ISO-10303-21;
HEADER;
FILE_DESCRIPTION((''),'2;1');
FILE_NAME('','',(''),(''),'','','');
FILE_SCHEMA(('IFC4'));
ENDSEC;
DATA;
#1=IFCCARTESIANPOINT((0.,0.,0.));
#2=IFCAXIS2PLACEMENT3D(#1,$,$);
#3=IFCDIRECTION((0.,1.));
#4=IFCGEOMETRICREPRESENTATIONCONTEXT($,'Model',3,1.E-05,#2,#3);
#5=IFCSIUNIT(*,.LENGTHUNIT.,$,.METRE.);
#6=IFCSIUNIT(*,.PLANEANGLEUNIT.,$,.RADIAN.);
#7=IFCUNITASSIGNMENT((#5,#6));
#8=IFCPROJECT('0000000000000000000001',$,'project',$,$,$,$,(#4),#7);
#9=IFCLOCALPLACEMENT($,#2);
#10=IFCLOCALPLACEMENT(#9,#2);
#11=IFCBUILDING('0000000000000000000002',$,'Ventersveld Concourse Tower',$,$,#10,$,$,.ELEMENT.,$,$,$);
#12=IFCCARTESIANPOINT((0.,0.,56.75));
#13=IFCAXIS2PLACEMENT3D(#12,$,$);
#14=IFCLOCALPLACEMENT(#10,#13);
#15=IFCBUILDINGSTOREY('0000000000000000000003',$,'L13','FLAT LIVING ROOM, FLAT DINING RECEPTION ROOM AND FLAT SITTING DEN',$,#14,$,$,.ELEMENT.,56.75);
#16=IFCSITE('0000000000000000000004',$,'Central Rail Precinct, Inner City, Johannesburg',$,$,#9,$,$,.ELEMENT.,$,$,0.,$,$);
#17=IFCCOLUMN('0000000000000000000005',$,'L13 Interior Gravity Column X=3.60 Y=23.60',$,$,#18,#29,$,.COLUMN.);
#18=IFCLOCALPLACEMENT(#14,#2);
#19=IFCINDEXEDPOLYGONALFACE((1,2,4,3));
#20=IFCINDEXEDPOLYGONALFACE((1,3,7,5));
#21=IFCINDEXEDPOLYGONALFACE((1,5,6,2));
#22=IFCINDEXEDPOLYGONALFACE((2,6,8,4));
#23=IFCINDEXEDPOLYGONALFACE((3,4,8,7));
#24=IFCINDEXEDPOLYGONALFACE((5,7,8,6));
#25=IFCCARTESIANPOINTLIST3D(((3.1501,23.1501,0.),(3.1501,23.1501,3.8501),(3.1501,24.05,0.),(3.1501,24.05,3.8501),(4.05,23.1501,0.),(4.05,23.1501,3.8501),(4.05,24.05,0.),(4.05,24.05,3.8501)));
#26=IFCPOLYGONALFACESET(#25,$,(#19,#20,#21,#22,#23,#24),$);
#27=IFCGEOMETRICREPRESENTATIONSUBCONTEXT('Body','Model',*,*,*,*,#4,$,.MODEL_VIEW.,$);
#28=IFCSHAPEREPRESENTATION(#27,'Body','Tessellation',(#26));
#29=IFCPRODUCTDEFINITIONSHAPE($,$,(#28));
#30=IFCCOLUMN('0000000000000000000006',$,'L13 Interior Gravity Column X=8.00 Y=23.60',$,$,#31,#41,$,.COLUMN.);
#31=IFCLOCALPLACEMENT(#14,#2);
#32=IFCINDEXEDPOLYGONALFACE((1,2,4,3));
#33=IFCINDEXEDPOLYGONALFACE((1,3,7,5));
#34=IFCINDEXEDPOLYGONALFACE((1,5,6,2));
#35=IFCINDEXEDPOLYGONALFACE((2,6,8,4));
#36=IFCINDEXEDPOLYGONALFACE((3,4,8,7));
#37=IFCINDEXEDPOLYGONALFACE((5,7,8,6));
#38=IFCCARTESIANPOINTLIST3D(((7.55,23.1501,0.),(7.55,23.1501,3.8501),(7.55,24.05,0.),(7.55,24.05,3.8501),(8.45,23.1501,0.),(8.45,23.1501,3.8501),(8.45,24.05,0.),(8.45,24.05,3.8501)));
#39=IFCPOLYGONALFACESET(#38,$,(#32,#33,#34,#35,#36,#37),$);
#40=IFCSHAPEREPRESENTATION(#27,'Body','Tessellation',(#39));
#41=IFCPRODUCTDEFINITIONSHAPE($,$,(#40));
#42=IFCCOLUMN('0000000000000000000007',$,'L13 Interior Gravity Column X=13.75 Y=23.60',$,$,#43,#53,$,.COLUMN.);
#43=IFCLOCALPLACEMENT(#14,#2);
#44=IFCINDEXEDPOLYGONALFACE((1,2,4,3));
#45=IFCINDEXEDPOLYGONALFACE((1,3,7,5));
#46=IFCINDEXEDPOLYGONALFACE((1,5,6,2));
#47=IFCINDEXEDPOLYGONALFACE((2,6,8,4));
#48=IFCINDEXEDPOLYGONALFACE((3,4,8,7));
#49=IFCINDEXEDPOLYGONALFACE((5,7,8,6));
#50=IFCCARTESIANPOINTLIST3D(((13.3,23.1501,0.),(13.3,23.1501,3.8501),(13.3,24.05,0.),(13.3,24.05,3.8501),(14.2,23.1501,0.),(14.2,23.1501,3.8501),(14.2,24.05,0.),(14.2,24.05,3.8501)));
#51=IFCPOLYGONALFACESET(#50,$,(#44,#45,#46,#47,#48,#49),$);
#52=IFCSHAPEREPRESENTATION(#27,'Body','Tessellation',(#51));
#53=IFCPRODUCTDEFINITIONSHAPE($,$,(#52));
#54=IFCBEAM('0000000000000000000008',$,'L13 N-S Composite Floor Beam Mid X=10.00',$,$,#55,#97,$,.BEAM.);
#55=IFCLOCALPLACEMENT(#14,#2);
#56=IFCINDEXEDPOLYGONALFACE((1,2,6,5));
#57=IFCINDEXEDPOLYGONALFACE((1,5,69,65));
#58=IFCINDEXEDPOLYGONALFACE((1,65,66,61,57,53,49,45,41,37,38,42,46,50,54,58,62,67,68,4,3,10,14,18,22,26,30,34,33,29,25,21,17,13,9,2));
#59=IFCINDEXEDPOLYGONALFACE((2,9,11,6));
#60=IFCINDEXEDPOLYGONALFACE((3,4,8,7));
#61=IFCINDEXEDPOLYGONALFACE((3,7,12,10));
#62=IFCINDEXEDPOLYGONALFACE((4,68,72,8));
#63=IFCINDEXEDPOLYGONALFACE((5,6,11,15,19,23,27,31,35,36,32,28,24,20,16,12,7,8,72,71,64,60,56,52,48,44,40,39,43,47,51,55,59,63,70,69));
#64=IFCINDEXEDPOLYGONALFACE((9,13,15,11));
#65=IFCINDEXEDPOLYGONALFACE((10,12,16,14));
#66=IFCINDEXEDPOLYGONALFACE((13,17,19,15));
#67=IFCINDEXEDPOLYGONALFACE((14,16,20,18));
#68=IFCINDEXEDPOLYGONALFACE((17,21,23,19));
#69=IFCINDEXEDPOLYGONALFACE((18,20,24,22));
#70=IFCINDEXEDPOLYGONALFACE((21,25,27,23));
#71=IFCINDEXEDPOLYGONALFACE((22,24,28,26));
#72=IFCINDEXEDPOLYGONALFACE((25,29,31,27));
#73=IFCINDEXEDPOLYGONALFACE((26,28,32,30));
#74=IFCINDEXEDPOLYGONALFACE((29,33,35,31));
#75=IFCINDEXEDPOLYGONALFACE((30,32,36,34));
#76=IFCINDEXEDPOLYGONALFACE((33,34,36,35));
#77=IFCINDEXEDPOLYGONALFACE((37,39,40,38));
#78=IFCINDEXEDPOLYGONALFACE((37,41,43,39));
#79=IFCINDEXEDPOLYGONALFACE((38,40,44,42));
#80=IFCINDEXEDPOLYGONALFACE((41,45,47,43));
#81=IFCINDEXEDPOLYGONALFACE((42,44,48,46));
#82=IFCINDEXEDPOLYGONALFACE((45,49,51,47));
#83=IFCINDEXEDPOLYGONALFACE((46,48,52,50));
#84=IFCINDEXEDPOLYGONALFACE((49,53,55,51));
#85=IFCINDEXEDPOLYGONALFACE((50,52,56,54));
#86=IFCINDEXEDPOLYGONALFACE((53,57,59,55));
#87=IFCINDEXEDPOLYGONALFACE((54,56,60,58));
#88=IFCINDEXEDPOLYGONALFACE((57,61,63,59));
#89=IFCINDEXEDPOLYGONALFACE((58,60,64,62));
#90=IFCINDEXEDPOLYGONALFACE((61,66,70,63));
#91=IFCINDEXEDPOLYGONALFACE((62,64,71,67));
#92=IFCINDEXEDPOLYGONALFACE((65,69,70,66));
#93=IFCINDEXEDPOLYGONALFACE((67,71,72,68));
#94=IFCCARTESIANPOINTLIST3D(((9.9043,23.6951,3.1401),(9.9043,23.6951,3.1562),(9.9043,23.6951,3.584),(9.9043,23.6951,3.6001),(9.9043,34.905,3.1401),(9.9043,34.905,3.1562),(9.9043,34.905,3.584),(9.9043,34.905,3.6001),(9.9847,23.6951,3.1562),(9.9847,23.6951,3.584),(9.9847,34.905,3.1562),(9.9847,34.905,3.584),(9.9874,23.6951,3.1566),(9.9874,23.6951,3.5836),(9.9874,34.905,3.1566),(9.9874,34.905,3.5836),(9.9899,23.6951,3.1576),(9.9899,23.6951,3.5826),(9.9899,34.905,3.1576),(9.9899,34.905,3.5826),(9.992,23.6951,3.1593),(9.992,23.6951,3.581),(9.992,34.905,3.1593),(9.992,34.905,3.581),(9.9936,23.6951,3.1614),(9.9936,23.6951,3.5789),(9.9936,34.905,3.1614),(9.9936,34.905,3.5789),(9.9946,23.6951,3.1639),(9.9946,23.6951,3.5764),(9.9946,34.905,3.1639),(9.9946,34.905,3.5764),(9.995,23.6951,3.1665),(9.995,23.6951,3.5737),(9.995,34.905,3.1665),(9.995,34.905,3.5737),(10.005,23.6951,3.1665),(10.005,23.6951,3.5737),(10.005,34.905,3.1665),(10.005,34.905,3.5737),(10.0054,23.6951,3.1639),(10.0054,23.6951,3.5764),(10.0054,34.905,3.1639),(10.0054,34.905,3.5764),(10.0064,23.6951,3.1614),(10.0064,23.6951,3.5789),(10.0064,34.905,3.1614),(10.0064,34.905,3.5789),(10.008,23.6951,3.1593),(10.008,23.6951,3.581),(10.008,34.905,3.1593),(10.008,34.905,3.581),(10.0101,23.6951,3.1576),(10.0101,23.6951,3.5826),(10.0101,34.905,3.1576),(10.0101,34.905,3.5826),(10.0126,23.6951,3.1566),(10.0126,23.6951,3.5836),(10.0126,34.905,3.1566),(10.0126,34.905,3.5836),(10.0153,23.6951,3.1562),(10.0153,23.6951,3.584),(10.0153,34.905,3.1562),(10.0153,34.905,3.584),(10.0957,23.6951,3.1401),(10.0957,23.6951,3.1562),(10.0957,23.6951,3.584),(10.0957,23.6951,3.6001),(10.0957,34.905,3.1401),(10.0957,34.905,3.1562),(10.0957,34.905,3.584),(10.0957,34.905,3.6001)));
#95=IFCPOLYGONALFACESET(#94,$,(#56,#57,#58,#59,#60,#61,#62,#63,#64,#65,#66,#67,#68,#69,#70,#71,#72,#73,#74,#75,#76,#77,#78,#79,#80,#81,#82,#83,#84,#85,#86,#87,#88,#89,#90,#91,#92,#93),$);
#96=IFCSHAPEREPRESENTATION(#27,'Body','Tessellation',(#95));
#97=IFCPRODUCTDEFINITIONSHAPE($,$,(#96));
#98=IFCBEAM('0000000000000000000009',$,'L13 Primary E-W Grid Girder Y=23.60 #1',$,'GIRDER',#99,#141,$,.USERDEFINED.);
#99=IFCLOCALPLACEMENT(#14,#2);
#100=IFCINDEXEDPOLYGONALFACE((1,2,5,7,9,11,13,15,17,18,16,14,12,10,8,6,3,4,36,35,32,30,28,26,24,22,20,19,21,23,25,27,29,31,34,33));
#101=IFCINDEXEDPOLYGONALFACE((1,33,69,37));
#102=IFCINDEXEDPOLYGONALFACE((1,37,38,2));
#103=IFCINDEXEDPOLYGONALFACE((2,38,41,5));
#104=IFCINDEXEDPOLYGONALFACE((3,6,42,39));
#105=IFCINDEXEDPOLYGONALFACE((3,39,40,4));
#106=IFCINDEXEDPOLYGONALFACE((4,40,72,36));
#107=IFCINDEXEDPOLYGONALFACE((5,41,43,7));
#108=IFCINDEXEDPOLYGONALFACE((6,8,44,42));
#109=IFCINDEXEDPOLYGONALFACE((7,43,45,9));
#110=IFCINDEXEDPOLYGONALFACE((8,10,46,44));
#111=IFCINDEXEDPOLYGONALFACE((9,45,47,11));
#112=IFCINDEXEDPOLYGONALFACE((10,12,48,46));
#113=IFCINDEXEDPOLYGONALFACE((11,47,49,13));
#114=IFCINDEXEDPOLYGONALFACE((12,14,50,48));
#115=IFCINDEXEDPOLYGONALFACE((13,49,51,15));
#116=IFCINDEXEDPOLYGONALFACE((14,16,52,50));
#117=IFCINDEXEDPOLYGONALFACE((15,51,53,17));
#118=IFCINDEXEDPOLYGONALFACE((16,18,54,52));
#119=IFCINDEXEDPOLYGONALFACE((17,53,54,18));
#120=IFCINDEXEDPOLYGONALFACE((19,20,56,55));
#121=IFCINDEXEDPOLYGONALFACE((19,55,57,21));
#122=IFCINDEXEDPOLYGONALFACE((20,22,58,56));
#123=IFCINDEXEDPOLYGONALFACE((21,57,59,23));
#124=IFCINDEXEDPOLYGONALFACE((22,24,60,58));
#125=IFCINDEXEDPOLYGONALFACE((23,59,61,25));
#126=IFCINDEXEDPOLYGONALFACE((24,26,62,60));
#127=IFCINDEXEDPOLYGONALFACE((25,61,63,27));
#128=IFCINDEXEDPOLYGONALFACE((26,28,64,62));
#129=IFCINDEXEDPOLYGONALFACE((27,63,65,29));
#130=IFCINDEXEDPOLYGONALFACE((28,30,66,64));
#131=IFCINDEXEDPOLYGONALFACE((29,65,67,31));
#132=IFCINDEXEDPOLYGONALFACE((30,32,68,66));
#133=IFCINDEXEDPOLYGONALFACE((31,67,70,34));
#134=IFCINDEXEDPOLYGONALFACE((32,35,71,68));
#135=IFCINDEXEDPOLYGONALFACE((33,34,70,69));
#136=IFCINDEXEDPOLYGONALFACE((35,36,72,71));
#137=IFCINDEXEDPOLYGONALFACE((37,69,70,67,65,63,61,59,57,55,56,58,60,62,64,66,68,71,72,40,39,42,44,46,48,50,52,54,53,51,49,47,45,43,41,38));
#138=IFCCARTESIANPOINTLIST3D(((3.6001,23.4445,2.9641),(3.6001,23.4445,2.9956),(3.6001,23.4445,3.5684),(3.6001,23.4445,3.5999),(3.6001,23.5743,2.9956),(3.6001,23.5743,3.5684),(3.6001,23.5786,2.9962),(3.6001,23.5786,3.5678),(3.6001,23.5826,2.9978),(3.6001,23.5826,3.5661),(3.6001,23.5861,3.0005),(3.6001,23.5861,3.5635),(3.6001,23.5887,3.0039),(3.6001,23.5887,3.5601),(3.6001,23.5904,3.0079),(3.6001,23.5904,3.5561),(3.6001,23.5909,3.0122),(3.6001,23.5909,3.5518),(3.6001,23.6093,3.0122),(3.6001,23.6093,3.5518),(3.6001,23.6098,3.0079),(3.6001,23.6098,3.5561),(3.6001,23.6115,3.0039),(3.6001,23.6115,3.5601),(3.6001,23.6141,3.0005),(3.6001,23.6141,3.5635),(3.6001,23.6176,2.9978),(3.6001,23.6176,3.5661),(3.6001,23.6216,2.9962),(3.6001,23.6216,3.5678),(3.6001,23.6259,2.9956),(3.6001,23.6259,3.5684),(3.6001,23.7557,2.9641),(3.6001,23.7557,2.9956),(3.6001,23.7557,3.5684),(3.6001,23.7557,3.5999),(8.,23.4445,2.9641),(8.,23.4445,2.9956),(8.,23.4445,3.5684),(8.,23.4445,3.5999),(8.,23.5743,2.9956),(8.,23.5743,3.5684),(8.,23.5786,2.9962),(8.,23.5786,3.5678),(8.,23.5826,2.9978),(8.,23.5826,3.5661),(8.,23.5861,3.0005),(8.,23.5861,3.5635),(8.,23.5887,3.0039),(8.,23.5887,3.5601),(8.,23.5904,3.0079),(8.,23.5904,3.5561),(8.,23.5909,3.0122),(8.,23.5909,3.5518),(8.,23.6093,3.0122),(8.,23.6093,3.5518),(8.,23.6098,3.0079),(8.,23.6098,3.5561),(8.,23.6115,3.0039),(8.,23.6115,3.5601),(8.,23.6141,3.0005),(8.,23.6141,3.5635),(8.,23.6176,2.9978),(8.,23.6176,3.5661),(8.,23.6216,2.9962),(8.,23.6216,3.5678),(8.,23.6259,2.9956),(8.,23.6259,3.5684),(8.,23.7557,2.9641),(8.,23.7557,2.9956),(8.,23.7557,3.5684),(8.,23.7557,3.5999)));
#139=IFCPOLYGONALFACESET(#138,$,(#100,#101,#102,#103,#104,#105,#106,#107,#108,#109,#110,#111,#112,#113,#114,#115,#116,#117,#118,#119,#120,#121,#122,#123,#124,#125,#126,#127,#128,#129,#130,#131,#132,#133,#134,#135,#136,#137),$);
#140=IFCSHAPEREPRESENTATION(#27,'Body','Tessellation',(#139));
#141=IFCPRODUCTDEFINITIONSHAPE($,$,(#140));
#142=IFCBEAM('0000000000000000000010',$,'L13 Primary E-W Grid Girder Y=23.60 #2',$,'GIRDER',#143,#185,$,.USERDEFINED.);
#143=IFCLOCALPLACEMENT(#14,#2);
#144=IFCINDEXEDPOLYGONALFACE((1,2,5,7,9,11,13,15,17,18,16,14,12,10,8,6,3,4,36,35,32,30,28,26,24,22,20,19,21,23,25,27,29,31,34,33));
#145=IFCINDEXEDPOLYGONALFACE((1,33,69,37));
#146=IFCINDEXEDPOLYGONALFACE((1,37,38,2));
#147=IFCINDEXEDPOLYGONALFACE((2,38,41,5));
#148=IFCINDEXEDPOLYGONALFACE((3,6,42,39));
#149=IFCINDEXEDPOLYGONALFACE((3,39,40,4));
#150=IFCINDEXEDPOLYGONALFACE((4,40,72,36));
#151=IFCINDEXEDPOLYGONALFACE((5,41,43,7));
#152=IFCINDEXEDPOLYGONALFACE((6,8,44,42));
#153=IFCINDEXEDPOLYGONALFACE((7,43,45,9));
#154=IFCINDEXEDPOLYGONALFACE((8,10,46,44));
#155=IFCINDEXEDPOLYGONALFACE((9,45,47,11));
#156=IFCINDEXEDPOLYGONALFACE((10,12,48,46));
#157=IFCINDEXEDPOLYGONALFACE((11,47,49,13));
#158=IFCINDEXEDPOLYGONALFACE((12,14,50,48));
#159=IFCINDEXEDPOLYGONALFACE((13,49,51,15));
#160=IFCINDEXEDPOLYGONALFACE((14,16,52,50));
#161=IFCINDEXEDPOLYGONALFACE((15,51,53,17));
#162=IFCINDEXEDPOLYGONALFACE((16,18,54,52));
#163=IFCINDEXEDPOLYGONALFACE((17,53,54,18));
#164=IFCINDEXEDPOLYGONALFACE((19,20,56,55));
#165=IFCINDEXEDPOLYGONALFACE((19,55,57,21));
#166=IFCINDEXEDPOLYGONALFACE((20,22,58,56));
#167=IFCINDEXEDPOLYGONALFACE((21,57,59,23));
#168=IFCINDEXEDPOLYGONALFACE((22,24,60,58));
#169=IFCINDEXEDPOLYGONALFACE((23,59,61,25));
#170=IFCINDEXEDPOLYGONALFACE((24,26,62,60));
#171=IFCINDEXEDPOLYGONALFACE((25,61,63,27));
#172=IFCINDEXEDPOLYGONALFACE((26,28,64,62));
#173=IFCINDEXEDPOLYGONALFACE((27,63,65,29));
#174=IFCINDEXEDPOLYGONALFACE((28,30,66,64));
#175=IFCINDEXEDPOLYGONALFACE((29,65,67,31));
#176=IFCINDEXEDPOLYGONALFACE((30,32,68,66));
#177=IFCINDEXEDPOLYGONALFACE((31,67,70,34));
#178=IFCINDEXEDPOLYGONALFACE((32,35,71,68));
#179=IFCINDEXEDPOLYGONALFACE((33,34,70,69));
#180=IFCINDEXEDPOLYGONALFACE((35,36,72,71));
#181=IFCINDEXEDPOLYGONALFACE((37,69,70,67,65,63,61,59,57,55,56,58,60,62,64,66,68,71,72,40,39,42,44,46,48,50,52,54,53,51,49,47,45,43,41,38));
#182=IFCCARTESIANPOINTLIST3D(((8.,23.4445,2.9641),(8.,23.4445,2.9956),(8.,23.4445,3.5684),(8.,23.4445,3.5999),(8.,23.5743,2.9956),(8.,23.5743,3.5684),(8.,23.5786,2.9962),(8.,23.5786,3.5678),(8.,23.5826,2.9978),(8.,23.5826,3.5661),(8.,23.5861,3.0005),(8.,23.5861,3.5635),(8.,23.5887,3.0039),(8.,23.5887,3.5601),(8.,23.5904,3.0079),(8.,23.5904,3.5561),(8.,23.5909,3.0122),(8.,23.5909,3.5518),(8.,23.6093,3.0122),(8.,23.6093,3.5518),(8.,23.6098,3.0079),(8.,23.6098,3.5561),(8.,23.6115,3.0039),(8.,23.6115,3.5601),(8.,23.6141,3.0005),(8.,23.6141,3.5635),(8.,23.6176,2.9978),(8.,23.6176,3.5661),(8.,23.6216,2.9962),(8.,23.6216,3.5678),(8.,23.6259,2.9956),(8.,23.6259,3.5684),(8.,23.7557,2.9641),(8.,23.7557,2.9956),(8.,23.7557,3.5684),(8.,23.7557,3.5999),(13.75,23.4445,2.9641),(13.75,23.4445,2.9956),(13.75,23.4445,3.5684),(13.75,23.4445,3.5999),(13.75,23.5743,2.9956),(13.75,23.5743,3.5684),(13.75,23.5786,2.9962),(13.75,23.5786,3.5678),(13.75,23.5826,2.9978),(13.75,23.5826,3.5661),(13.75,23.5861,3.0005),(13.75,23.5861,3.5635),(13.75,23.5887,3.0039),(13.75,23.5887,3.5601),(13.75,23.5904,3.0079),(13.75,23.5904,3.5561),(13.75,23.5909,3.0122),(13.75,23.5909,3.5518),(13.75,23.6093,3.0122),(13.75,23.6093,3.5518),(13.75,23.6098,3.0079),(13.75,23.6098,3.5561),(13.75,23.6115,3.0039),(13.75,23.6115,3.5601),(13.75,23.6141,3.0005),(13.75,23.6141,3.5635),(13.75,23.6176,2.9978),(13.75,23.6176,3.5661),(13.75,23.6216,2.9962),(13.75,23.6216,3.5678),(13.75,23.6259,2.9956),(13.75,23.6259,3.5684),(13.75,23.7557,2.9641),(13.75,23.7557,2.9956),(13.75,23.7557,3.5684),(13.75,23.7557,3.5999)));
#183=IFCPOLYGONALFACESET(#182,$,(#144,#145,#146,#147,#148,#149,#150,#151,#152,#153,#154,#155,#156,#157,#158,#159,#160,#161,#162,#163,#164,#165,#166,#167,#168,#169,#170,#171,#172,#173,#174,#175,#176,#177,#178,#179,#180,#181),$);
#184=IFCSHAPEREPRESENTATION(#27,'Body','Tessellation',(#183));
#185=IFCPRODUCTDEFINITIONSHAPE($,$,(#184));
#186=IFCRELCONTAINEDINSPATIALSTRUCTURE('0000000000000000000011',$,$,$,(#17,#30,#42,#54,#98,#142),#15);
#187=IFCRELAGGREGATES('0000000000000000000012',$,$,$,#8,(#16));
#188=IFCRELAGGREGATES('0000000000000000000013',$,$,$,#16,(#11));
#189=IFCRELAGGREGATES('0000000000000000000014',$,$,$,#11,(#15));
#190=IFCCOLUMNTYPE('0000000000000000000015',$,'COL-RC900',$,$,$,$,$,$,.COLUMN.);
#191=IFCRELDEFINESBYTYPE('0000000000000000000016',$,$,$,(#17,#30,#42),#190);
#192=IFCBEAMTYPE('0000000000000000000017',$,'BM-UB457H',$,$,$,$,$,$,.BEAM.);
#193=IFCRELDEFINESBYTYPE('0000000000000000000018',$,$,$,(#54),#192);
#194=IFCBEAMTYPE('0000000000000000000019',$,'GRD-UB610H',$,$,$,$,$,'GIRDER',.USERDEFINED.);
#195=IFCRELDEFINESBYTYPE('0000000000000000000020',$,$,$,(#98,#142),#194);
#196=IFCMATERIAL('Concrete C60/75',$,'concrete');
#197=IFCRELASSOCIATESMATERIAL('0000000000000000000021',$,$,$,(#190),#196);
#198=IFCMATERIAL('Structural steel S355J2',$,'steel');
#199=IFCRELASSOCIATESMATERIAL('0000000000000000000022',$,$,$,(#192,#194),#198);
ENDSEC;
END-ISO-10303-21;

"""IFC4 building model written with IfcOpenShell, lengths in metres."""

from ifc_helpers import new_model, si_unit, direction, frame, origin, origin_2d, place, context, subcontext, project, spatial, rectangle, i_section, extrude, material, material_profile, profile_set, type_object, element, save


model = new_model("IFC4")

# Units and contexts
model_context = context("Model", 3, precision=1e-05, world=origin(), true_north=direction((0.0, 1.0)))
body_context = subcontext(model_context, "Body", "Model", "MODEL_VIEW")
ifc_project = project(units=[si_unit("LENGTHUNIT", "METRE"), si_unit("PLANEANGLEUNIT", "RADIAN")], contexts=[model_context])

# Site, building, storey
site_placement = place(None, origin())
site = spatial("IfcSite", under=ifc_project, at=site_placement, Name="Central Rail Precinct, Inner City, Johannesburg", CompositionType="ELEMENT", RefElevation=0.0)
building_placement = place(site_placement, origin())
building = spatial("IfcBuilding", under=site, at=building_placement, Name="Ventersveld Concourse Tower", CompositionType="ELEMENT")
storey_placement = place(building_placement, frame((0.0, 0.0, 56.75)))
storey = spatial("IfcBuildingStorey", under=building, at=storey_placement, Name="L13", Description="FLAT LIVING ROOM, FLAT DINING RECEPTION ROOM AND FLAT SITTING DEN", CompositionType="ELEMENT", Elevation=56.75)

# Columns
ifc_material_1 = material(Name="Concrete C60/75", Category="concrete")
ifc_material_profile_1 = material_profile(ifc_material_1, rectangle(XDim=0.8999, YDim=0.8999, at=origin_2d()), Name="RC 900x900")
ifc_profile_set_1 = profile_set([ifc_material_profile_1], Name="Concrete C60/75")
column_type = type_object("IfcColumnType", Name="COL-RC900", PredefinedType="COLUMN", material=ifc_profile_set_1)
for number, where, z_axis, x_axis, name in (
    (1, (3.6001, 23.6001, 0.0), (0.0, 0.0, 1.0), (1.0, 0.0, 0.0), "L13 Interior Gravity Column X=3.60 Y=23.60"),
    (2, (8.0, 23.6001, 0.0), (0.0, 0.0, 1.0), (1.0, 0.0, 0.0), "L13 Interior Gravity Column X=8.00 Y=23.60"),
    (3, (13.75, 23.6001, 0.0), (0.0, 0.0, 1.0), (1.0, 0.0, 0.0), "L13 Interior Gravity Column X=13.75 Y=23.60"),
):
    element("IfcColumn", number, at=place(storey_placement, frame(where, z_axis=z_axis, x_axis=x_axis)), inside=storey, type_object=column_type, Name=name, PredefinedType="COLUMN", context=body_context, shape_type="SweptSolid", body=[
        extrude(rectangle(XDim=0.8999, YDim=0.8999, at=origin_2d()), origin(), (0.0, 0.0, 1.0), 3.8501),
    ])

# Beams
ifc_material_2 = material(Name="Structural steel S355J2", Category="steel")
ifc_material_profile_2 = material_profile(ifc_material_2, i_section(OverallWidth=0.1914, OverallDepth=0.46, WebThickness=0.01, FlangeThickness=0.0161, FilletRadius=0.0103, at=origin_2d()), Name="UB 457x191x82")
ifc_profile_set_2 = profile_set([ifc_material_profile_2], Name="Structural steel S355J2")
beam_type_1 = type_object("IfcBeamType", Name="BM-UB457H", PredefinedType="BEAM", material=ifc_profile_set_2)
beam_1_placement = place(storey_placement, frame((10.0, 23.6951, 3.3701), z_axis=(0.0, 1.0, 0.0), x_axis=(-1.0, 0.0, 0.0)))
element("IfcBeam", 4, at=beam_1_placement, inside=storey, type_object=beam_type_1, Name="L13 N-S Composite Floor Beam Mid X=10.00", PredefinedType="BEAM", context=body_context, shape_type="SweptSolid", body=[
    extrude(i_section(OverallWidth=0.1914, OverallDepth=0.46, WebThickness=0.01, FlangeThickness=0.0161, FilletRadius=0.0103, at=origin_2d()), origin(), (0.0, 0.0, 1.0), 11.21),
])
ifc_material_profile_3 = material_profile(ifc_material_2, i_section(OverallWidth=0.3113, OverallDepth=0.6357, WebThickness=0.0183, FlangeThickness=0.0315, FilletRadius=0.0166, at=origin_2d()), Name="UB 610x305x238")
ifc_profile_set_3 = profile_set([ifc_material_profile_3], Name="Structural steel S355J2")
beam_type_2 = type_object("IfcBeamType", Name="GRD-UB610H", ElementType="GIRDER", PredefinedType="USERDEFINED", material=ifc_profile_set_3)
beam_2_placement = place(storey_placement, frame((3.6001, 23.6001, 3.282), z_axis=(1.0, 0.0, 0.0), x_axis=(0.0, 1.0, 0.0)))
element("IfcBeam", 5, at=beam_2_placement, inside=storey, type_object=beam_type_2, Name="L13 Primary E-W Grid Girder Y=23.60 #1", ObjectType="GIRDER", PredefinedType="USERDEFINED", context=body_context, shape_type="SweptSolid", body=[
    extrude(i_section(OverallWidth=0.3113, OverallDepth=0.6357, WebThickness=0.0183, FlangeThickness=0.0315, FilletRadius=0.0166, at=origin_2d()), origin(), (0.0, 0.0, 1.0), 4.3999),
])
beam_3_placement = place(storey_placement, frame((8.0, 23.6001, 3.282), z_axis=(1.0, 0.0, 0.0), x_axis=(0.0, 1.0, 0.0)))
element("IfcBeam", 6, at=beam_3_placement, inside=storey, type_object=beam_type_2, Name="L13 Primary E-W Grid Girder Y=23.60 #2", ObjectType="GIRDER", PredefinedType="USERDEFINED", context=body_context, shape_type="SweptSolid", body=[
    extrude(i_section(OverallWidth=0.3113, OverallDepth=0.6357, WebThickness=0.0183, FlangeThickness=0.0315, FilletRadius=0.0166, at=origin_2d()), origin(), (0.0, 0.0, 1.0), 5.75),
])

save(model, "model.ifc")
